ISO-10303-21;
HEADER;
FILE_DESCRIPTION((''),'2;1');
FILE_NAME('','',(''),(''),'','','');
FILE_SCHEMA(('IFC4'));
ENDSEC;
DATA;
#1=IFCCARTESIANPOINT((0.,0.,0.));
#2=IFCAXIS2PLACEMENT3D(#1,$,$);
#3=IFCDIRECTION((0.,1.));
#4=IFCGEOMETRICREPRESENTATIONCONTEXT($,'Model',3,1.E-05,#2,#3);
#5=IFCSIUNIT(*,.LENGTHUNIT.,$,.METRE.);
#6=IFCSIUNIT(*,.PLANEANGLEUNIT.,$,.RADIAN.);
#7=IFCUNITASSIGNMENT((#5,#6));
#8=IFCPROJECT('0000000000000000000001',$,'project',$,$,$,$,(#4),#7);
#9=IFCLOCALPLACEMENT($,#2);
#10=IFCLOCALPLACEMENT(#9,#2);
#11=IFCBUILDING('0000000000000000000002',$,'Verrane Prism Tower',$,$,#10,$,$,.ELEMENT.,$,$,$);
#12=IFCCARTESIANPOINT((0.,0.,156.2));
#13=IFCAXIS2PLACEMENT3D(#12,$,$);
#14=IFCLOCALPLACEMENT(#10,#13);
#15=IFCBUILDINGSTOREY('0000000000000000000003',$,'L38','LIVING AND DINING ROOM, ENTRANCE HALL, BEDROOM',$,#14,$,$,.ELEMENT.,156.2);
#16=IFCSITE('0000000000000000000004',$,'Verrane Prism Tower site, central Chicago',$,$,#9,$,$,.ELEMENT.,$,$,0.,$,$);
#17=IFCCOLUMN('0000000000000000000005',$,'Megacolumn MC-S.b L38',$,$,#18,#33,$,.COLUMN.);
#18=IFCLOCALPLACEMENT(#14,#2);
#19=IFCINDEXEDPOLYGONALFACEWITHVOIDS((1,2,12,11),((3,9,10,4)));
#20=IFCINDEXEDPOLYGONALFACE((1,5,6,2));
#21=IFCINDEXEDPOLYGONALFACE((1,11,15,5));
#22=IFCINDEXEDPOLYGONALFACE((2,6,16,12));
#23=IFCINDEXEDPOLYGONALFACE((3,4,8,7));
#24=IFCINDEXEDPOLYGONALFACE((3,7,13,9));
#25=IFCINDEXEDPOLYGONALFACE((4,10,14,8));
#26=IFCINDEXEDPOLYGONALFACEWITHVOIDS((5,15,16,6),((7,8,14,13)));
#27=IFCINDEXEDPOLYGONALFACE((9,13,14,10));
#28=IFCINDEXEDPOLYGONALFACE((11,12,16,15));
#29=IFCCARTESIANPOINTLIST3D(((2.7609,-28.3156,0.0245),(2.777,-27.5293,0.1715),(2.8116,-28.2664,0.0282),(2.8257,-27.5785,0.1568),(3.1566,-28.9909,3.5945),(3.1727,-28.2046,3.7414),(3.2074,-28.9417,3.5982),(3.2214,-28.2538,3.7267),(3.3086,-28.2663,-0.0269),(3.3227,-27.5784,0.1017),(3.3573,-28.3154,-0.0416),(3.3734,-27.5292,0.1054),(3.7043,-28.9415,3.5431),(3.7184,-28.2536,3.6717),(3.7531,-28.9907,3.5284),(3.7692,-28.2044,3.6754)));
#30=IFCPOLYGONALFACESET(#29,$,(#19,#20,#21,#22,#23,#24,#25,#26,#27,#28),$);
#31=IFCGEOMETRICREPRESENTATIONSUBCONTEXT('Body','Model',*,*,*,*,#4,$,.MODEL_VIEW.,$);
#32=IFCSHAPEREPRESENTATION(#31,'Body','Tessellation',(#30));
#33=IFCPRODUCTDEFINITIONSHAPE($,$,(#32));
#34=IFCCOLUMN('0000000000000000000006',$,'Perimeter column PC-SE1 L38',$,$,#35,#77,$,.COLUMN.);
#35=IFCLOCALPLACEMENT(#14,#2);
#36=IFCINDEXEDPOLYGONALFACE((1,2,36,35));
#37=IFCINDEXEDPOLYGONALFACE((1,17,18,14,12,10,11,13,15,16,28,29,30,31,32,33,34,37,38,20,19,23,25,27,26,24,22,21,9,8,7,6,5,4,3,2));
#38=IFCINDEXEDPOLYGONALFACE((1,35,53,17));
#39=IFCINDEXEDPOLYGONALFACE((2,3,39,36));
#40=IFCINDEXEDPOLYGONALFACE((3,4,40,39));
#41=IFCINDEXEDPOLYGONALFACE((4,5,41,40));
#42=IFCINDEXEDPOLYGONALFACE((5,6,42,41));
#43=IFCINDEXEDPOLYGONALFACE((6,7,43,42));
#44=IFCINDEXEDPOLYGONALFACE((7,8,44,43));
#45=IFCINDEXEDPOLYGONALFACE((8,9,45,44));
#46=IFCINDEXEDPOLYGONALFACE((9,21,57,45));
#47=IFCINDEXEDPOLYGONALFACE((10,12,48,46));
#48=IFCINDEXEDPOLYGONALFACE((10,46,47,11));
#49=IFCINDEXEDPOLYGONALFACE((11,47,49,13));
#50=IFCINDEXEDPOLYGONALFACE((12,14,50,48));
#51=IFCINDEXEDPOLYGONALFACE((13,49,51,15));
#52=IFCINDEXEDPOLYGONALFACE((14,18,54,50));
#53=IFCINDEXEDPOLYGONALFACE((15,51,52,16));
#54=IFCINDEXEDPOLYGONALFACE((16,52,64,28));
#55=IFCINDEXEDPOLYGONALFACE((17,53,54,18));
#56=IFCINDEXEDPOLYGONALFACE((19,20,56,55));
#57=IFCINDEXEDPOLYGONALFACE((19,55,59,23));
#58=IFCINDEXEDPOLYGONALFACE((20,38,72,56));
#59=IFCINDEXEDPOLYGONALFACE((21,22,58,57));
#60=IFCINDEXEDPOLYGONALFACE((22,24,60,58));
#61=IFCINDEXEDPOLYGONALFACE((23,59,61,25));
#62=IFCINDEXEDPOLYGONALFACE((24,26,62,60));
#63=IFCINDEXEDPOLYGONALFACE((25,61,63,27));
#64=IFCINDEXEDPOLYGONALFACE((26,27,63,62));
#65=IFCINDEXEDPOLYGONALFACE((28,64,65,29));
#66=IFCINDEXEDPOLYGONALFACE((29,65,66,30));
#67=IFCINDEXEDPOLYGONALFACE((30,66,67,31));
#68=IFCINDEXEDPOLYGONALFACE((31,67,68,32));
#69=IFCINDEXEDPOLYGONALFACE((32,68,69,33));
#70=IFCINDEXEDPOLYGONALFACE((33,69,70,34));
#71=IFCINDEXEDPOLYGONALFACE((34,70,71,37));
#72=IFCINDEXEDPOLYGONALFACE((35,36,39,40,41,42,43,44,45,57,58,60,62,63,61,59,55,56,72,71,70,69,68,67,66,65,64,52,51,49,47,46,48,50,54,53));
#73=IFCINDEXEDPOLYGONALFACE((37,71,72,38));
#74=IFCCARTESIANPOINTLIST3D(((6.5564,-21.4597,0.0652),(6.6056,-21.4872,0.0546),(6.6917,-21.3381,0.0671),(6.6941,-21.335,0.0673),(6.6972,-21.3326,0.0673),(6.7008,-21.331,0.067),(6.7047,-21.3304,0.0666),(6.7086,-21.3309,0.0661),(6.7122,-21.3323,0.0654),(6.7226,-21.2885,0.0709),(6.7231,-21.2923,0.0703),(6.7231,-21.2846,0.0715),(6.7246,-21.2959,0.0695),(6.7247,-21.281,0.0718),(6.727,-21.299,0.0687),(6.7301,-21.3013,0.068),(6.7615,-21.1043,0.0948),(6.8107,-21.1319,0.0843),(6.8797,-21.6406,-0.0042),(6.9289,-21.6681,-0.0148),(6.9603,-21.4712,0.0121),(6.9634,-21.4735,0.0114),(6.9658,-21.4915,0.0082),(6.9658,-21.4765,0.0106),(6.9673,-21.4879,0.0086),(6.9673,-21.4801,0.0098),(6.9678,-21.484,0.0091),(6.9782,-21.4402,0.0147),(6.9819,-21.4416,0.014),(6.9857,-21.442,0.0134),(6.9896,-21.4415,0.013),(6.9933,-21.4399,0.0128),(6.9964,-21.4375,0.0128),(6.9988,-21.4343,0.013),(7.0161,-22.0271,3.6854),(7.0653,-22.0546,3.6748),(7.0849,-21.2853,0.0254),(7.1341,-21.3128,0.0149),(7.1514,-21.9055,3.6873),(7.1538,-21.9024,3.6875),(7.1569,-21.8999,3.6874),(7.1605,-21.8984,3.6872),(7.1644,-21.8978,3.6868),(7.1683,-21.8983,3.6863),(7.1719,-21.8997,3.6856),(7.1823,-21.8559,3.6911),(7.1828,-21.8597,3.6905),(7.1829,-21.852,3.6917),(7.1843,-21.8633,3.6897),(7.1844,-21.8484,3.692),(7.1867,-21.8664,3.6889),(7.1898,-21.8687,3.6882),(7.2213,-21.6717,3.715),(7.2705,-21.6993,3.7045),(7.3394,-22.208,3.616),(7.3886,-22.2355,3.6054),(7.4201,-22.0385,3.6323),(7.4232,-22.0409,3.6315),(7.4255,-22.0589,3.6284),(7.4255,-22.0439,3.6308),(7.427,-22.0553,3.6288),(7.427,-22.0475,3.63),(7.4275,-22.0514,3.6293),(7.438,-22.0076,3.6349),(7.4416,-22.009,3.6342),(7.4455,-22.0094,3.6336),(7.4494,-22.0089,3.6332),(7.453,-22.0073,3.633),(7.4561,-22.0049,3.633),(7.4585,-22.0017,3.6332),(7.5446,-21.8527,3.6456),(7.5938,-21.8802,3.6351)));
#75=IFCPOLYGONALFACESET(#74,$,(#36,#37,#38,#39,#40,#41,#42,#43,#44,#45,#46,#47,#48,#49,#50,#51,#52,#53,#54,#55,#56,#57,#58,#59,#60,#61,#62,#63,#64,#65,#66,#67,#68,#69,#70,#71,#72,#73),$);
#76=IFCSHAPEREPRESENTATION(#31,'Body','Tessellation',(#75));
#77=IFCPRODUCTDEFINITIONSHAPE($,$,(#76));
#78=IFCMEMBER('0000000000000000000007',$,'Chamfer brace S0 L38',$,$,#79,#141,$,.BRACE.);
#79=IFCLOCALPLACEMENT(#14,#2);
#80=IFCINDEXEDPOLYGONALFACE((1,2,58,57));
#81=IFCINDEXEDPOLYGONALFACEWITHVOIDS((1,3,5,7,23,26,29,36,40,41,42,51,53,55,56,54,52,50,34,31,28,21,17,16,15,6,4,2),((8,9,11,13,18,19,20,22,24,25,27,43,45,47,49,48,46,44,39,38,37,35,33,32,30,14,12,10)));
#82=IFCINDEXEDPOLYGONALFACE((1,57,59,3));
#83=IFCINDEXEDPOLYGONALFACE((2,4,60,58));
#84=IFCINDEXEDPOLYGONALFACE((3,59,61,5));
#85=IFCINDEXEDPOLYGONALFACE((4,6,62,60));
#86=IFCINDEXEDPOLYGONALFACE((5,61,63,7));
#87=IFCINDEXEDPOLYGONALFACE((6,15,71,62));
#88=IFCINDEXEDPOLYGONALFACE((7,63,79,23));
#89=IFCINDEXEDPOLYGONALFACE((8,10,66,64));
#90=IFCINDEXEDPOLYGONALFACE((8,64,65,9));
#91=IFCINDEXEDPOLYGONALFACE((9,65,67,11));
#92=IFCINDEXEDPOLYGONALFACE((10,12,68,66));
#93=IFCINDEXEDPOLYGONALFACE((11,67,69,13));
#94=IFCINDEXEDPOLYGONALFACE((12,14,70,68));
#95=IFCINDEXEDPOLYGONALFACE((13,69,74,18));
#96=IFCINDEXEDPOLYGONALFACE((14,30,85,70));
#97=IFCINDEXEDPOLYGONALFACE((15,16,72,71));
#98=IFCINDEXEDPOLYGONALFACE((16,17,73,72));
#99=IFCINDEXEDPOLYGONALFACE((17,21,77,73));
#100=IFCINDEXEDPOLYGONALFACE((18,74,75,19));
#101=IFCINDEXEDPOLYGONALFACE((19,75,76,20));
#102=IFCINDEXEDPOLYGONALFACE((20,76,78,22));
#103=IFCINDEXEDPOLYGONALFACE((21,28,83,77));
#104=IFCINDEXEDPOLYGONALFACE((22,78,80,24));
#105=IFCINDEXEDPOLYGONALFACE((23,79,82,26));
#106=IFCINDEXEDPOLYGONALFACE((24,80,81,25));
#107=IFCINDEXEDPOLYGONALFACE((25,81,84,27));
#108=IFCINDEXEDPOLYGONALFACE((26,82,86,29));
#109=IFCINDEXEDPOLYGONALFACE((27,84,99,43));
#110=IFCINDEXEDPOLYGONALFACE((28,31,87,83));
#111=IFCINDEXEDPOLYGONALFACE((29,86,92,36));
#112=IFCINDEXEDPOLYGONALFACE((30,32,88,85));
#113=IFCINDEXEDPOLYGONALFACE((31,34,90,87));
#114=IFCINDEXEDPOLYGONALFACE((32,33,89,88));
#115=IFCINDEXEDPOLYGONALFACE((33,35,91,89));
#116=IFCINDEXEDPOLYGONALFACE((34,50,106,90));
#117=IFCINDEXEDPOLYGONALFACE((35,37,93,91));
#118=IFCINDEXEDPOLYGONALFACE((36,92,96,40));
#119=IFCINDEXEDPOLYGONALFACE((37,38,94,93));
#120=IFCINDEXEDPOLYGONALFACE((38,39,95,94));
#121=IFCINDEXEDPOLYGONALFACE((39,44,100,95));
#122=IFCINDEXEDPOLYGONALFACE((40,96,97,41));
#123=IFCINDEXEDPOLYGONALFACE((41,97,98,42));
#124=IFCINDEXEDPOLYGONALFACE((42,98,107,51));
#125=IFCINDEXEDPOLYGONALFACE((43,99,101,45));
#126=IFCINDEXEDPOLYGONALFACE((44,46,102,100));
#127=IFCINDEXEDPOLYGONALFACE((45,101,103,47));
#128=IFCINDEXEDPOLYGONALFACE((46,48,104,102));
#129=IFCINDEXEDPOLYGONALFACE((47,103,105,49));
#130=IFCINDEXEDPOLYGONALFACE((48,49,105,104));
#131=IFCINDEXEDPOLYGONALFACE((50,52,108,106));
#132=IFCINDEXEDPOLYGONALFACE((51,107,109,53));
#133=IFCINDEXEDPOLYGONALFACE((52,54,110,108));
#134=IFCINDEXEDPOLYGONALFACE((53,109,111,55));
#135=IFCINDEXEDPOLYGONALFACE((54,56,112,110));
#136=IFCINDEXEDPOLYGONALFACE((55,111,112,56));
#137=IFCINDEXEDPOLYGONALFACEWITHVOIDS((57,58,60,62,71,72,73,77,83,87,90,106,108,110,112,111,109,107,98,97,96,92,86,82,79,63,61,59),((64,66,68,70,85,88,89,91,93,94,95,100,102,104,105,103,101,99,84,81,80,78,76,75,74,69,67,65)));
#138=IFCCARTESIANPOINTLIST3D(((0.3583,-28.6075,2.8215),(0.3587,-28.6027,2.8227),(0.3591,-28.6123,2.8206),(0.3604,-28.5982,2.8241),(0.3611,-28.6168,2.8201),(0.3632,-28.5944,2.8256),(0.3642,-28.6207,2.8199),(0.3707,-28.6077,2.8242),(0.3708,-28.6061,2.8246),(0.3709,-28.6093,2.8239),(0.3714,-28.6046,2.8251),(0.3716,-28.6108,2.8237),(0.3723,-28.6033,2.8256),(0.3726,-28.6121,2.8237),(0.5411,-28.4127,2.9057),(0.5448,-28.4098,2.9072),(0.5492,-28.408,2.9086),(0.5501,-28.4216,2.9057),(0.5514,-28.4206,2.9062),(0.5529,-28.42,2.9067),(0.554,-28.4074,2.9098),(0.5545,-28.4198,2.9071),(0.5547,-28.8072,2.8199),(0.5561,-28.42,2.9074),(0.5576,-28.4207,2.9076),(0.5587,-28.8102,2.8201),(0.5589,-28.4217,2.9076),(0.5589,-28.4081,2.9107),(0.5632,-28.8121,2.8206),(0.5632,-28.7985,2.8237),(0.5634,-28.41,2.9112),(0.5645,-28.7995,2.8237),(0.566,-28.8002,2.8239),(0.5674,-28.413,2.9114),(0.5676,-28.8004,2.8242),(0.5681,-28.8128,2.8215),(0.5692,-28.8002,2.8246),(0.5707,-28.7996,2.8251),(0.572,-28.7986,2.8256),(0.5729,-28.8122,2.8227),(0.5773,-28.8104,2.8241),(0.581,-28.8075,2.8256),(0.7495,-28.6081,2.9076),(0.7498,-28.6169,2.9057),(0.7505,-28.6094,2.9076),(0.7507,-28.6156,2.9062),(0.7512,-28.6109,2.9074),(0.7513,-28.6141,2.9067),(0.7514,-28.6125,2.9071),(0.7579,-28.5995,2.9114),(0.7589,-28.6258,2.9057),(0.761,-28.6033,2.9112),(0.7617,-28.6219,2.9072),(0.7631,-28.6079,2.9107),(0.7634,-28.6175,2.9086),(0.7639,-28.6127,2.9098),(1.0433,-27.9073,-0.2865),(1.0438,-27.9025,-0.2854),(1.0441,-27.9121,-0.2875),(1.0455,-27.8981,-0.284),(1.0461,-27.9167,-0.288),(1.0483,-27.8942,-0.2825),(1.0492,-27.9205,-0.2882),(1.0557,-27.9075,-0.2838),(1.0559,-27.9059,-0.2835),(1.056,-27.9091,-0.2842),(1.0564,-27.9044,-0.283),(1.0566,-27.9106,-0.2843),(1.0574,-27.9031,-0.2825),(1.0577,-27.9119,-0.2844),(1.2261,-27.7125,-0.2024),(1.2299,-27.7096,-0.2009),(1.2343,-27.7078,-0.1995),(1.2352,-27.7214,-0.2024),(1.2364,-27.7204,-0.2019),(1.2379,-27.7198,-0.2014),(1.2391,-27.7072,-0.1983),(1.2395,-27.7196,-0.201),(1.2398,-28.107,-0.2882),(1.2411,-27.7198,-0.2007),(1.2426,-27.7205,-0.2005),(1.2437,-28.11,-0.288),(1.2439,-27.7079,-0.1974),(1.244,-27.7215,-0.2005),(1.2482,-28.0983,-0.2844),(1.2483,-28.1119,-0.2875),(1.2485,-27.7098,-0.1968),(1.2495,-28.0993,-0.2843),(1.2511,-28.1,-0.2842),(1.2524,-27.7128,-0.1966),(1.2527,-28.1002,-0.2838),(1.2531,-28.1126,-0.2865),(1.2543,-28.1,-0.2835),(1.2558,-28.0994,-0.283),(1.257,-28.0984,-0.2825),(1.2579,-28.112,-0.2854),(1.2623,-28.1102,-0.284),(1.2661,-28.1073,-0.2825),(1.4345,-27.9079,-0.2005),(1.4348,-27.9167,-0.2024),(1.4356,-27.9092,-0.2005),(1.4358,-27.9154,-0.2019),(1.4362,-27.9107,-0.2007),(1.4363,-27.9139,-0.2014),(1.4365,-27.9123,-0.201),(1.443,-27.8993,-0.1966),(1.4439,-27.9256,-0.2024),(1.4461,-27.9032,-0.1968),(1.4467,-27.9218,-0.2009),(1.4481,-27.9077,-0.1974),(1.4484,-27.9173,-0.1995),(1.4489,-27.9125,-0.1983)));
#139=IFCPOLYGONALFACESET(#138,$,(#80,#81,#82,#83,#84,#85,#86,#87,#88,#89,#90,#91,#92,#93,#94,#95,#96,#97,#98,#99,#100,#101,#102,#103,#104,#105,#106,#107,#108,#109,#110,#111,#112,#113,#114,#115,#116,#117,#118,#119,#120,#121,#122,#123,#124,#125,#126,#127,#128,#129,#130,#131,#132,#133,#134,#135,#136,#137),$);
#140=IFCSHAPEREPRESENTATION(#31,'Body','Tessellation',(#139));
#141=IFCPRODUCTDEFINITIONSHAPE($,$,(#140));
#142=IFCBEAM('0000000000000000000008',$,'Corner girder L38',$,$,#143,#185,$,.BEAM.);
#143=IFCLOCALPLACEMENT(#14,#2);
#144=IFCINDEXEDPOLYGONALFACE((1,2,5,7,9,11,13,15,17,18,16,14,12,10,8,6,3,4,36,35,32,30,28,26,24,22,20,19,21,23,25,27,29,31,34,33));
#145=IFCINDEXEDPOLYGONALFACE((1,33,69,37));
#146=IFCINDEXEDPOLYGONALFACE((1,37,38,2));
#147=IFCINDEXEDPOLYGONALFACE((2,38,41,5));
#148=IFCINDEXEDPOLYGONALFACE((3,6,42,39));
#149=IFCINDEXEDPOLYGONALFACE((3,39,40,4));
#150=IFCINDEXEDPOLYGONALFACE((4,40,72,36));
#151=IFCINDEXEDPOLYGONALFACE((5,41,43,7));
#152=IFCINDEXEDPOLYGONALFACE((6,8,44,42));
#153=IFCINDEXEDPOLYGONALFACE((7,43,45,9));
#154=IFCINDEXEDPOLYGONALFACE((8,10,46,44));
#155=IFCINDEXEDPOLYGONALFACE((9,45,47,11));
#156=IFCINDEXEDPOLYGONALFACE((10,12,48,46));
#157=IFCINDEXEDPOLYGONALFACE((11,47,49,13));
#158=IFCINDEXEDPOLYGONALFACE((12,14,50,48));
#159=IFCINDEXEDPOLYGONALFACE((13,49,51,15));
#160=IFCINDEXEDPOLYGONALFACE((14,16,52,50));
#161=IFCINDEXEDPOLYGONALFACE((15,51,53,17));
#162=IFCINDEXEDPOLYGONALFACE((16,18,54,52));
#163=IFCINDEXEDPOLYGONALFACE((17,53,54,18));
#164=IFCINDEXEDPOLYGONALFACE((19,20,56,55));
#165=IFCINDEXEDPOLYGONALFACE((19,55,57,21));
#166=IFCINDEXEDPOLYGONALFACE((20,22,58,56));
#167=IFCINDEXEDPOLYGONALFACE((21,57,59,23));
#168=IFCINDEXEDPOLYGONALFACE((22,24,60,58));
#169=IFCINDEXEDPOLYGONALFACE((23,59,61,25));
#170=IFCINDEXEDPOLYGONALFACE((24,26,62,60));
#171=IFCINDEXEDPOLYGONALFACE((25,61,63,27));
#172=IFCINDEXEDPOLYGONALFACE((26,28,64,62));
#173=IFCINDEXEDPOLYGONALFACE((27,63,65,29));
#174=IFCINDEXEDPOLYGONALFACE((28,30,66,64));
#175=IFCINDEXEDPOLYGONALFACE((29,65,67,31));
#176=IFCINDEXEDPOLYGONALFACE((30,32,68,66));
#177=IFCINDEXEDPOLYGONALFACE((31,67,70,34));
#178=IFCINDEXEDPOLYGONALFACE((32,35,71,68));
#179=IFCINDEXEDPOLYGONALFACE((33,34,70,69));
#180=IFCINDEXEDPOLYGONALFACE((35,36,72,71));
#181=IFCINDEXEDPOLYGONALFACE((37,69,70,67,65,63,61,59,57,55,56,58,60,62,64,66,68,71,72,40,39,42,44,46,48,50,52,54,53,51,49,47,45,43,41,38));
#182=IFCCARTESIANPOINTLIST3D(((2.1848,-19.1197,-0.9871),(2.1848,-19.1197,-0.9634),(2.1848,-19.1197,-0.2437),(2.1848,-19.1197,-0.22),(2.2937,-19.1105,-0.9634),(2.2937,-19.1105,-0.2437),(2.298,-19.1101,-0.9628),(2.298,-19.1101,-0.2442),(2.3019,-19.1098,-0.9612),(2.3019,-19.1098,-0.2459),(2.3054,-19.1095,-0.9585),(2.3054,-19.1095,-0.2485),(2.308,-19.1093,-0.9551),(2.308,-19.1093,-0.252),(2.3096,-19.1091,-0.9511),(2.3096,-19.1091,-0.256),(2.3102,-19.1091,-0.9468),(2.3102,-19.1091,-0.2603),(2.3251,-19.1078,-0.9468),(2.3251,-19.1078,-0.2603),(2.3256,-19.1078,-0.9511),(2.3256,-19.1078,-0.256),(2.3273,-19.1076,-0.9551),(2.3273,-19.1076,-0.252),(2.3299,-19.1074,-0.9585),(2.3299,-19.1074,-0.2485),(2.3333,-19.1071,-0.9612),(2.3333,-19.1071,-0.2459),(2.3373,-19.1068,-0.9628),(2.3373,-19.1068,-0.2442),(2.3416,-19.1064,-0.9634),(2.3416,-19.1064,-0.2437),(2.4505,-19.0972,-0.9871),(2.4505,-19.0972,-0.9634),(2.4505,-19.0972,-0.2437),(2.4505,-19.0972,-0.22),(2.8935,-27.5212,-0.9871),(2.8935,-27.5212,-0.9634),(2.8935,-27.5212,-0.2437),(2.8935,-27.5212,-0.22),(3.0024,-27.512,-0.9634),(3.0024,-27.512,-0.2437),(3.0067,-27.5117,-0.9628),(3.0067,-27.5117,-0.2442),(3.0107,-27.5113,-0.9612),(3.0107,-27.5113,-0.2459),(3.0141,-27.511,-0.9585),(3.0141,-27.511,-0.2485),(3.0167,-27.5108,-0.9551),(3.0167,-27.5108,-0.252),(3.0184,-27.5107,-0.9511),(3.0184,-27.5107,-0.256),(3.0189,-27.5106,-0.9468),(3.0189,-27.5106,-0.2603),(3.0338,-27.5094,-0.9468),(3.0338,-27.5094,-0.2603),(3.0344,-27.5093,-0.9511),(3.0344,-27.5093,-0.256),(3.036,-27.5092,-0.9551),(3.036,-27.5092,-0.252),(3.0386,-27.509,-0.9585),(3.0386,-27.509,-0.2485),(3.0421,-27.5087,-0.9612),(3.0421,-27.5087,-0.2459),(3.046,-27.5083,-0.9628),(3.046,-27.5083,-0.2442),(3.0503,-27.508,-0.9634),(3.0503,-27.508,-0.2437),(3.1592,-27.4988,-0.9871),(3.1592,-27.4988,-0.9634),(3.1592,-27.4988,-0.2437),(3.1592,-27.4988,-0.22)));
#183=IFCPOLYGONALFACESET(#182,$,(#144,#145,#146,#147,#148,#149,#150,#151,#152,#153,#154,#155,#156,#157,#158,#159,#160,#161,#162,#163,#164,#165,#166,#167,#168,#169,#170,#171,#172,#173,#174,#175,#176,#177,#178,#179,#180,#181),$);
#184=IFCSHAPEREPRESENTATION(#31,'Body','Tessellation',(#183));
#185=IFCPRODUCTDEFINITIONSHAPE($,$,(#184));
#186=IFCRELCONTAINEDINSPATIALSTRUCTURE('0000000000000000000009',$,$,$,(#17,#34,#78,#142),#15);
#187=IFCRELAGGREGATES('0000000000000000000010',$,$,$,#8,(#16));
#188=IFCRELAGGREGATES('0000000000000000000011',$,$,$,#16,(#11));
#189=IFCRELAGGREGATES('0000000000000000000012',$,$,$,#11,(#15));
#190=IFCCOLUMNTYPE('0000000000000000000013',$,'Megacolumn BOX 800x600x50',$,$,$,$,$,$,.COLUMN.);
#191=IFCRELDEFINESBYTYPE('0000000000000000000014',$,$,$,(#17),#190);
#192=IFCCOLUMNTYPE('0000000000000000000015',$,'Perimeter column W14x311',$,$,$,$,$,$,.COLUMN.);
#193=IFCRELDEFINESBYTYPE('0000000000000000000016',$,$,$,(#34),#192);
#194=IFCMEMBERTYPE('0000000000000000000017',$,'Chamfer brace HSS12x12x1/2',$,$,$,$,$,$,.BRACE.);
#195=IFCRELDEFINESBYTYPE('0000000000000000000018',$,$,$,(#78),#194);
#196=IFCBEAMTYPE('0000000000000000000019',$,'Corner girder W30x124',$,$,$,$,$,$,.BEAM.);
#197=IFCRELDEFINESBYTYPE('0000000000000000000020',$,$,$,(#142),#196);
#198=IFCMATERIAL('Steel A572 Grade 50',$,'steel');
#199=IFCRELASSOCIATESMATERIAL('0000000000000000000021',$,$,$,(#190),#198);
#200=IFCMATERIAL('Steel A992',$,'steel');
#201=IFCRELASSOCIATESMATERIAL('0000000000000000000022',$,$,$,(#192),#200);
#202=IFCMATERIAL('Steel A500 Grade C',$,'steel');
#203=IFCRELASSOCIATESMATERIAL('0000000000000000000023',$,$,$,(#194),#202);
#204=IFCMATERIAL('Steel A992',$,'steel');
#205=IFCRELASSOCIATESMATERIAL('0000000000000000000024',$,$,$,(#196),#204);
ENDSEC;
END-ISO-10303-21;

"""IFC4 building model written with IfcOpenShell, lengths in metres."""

from ifc_helpers import new_model, si_unit, direction, frame, origin, origin_2d, place, context, subcontext, project, spatial, hollow_rectangle, i_section, extrude, material, material_profile, profile_set, type_object, element, save


model = new_model("IFC4")

# Units and contexts
model_context = context("Model", 3, precision=1e-05, world=origin(), true_north=direction((0.0, 1.0)))
body_context = subcontext(model_context, "Body", "Model", "MODEL_VIEW")
ifc_project = project(units=[si_unit("LENGTHUNIT", "METRE"), si_unit("PLANEANGLEUNIT", "RADIAN")], contexts=[model_context])

# Site, building, storey
site_placement = place(None, origin())
site = spatial("IfcSite", under=ifc_project, at=site_placement, Name="Verrane Prism Tower site, central Chicago", CompositionType="ELEMENT", RefElevation=0.0)
building_placement = place(site_placement, origin())
building = spatial("IfcBuilding", under=site, at=building_placement, Name="Verrane Prism Tower", CompositionType="ELEMENT")
storey_placement = place(building_placement, frame((0.0, 0.0, 156.2)))
storey = spatial("IfcBuildingStorey", under=building, at=storey_placement, Name="L38", Description="LIVING AND DINING ROOM, ENTRANCE HALL, BEDROOM", CompositionType="ELEMENT", Elevation=156.2)

# Columns
ifc_material_1 = material(Name="Steel A572 Grade 50", Category="steel")
ifc_material_profile_1 = material_profile(ifc_material_1, hollow_rectangle(XDim=0.6001, YDim=0.8, WallThickness=0.05, at=origin_2d()), Name="BOX 800x600x50")
ifc_profile_set_1 = profile_set([ifc_material_profile_1], Name="Steel A572 Grade 50")
column_type_1 = type_object("IfcColumnType", Name="Megacolumn BOX 800x600x50", PredefinedType="COLUMN", material=ifc_profile_set_1)
column_1_placement = place(storey_placement, frame((3.0671, -27.9224, 0.0649), z_axis=(0.108281, -0.184766, 0.976799), x_axis=(-0.993917, -0.000245, 0.110132)))
element("IfcColumn", 1, at=column_1_placement, inside=storey, type_object=column_type_1, Name="Megacolumn MC-S.b L38", PredefinedType="COLUMN", context=body_context, shape_type="SweptSolid", body=[
    extrude(hollow_rectangle(XDim=0.6001, YDim=0.8, WallThickness=0.05, at=origin_2d()), origin(), (0.0, 0.0, 1.0), 3.6548),
])
ifc_material_2 = material(Name="Steel A992", Category="steel")
ifc_material_profile_2 = material_profile(ifc_material_2, i_section(OverallWidth=0.4114, OverallDepth=0.4343, WebThickness=0.0359, FlangeThickness=0.0574, FilletRadius=0.0151, at=origin_2d()), Name="W14x311")
ifc_profile_set_2 = profile_set([ifc_material_profile_2], Name="Steel A992")
column_type_2 = type_object("IfcColumnType", Name="Perimeter column W14x311", PredefinedType="COLUMN", material=ifc_profile_set_2)
column_2_placement = place(storey_placement, frame((6.8452, -21.3862, 0.04), z_axis=(0.124482, -0.153636, 0.980255), x_axis=(-0.498752, -0.863746, -0.072039)))
element("IfcColumn", 2, at=column_2_placement, inside=storey, type_object=column_type_2, Name="Perimeter column PC-SE1 L38", PredefinedType="COLUMN", context=body_context, shape_type="SweptSolid", body=[
    extrude(i_section(OverallWidth=0.4114, OverallDepth=0.4343, WebThickness=0.0359, FlangeThickness=0.0574, FilletRadius=0.0151, at=origin_2d()), origin(), (0.0, 0.0, 1.0), 3.6931),
])

# Member
ifc_material_3 = material(Name="Steel A500 Grade C", Category="steel")
ifc_material_profile_3 = material_profile(ifc_material_3, hollow_rectangle(XDim=0.3047, YDim=0.3047, WallThickness=0.0127, InnerFilletRadius=0.0063, OuterFilletRadius=0.019, at=origin_2d()), Name="HSS12x12x1/2")
ifc_profile_set_3 = profile_set([ifc_material_profile_3], Name="Steel A500 Grade C")
member_type_1 = type_object("IfcMemberType", Name="Chamfer brace HSS12x12x1/2", PredefinedType="BRACE", material=ifc_profile_set_3)
member_1_placement = place(storey_placement, frame((1.2461, -27.9099, -0.2424), z_axis=(-0.210214, -0.214859, 0.953754), x_axis=(0.714791, -0.699338, 0.0)))
element("IfcMember", 3, at=member_1_placement, inside=storey, type_object=member_type_1, Name="Chamfer brace S0 L38", PredefinedType="BRACE", context=body_context, shape_type="SweptSolid", body=[
    extrude(hollow_rectangle(XDim=0.3047, YDim=0.3047, WallThickness=0.0127, InnerFilletRadius=0.0063, OuterFilletRadius=0.019, at=origin_2d()), origin(), (0.0, 0.0, 1.0), 3.2588),
])

# Beam
ifc_material_4 = material(Name="Steel A992", Category="steel")
ifc_material_profile_4 = material_profile(ifc_material_4, i_section(OverallWidth=0.2666, OverallDepth=0.7671, WebThickness=0.0149, FlangeThickness=0.0237, FilletRadius=0.0166, at=origin_2d()), Name="W30x124")
ifc_profile_set_4 = profile_set([ifc_material_profile_4], Name="Steel A992")
beam_type_1 = type_object("IfcBeamType", Name="Corner girder W30x124", PredefinedType="BEAM", material=ifc_profile_set_4)
beam_1_placement = place(storey_placement, frame((3.0264, -27.51, -0.6035), z_axis=(-0.084059, 0.996461, 0.0), x_axis=(-0.996461, -0.084059, 0.0)))
element("IfcBeam", 4, at=beam_1_placement, inside=storey, type_object=beam_type_1, Name="Corner girder L38", PredefinedType="BEAM", context=body_context, shape_type="SweptSolid", body=[
    extrude(i_section(OverallWidth=0.2666, OverallDepth=0.7671, WebThickness=0.0149, FlangeThickness=0.0237, FilletRadius=0.0166, at=origin_2d()), origin(), (0.0, 0.0, 1.0), 8.4314),
])

save(model, "model.ifc")
